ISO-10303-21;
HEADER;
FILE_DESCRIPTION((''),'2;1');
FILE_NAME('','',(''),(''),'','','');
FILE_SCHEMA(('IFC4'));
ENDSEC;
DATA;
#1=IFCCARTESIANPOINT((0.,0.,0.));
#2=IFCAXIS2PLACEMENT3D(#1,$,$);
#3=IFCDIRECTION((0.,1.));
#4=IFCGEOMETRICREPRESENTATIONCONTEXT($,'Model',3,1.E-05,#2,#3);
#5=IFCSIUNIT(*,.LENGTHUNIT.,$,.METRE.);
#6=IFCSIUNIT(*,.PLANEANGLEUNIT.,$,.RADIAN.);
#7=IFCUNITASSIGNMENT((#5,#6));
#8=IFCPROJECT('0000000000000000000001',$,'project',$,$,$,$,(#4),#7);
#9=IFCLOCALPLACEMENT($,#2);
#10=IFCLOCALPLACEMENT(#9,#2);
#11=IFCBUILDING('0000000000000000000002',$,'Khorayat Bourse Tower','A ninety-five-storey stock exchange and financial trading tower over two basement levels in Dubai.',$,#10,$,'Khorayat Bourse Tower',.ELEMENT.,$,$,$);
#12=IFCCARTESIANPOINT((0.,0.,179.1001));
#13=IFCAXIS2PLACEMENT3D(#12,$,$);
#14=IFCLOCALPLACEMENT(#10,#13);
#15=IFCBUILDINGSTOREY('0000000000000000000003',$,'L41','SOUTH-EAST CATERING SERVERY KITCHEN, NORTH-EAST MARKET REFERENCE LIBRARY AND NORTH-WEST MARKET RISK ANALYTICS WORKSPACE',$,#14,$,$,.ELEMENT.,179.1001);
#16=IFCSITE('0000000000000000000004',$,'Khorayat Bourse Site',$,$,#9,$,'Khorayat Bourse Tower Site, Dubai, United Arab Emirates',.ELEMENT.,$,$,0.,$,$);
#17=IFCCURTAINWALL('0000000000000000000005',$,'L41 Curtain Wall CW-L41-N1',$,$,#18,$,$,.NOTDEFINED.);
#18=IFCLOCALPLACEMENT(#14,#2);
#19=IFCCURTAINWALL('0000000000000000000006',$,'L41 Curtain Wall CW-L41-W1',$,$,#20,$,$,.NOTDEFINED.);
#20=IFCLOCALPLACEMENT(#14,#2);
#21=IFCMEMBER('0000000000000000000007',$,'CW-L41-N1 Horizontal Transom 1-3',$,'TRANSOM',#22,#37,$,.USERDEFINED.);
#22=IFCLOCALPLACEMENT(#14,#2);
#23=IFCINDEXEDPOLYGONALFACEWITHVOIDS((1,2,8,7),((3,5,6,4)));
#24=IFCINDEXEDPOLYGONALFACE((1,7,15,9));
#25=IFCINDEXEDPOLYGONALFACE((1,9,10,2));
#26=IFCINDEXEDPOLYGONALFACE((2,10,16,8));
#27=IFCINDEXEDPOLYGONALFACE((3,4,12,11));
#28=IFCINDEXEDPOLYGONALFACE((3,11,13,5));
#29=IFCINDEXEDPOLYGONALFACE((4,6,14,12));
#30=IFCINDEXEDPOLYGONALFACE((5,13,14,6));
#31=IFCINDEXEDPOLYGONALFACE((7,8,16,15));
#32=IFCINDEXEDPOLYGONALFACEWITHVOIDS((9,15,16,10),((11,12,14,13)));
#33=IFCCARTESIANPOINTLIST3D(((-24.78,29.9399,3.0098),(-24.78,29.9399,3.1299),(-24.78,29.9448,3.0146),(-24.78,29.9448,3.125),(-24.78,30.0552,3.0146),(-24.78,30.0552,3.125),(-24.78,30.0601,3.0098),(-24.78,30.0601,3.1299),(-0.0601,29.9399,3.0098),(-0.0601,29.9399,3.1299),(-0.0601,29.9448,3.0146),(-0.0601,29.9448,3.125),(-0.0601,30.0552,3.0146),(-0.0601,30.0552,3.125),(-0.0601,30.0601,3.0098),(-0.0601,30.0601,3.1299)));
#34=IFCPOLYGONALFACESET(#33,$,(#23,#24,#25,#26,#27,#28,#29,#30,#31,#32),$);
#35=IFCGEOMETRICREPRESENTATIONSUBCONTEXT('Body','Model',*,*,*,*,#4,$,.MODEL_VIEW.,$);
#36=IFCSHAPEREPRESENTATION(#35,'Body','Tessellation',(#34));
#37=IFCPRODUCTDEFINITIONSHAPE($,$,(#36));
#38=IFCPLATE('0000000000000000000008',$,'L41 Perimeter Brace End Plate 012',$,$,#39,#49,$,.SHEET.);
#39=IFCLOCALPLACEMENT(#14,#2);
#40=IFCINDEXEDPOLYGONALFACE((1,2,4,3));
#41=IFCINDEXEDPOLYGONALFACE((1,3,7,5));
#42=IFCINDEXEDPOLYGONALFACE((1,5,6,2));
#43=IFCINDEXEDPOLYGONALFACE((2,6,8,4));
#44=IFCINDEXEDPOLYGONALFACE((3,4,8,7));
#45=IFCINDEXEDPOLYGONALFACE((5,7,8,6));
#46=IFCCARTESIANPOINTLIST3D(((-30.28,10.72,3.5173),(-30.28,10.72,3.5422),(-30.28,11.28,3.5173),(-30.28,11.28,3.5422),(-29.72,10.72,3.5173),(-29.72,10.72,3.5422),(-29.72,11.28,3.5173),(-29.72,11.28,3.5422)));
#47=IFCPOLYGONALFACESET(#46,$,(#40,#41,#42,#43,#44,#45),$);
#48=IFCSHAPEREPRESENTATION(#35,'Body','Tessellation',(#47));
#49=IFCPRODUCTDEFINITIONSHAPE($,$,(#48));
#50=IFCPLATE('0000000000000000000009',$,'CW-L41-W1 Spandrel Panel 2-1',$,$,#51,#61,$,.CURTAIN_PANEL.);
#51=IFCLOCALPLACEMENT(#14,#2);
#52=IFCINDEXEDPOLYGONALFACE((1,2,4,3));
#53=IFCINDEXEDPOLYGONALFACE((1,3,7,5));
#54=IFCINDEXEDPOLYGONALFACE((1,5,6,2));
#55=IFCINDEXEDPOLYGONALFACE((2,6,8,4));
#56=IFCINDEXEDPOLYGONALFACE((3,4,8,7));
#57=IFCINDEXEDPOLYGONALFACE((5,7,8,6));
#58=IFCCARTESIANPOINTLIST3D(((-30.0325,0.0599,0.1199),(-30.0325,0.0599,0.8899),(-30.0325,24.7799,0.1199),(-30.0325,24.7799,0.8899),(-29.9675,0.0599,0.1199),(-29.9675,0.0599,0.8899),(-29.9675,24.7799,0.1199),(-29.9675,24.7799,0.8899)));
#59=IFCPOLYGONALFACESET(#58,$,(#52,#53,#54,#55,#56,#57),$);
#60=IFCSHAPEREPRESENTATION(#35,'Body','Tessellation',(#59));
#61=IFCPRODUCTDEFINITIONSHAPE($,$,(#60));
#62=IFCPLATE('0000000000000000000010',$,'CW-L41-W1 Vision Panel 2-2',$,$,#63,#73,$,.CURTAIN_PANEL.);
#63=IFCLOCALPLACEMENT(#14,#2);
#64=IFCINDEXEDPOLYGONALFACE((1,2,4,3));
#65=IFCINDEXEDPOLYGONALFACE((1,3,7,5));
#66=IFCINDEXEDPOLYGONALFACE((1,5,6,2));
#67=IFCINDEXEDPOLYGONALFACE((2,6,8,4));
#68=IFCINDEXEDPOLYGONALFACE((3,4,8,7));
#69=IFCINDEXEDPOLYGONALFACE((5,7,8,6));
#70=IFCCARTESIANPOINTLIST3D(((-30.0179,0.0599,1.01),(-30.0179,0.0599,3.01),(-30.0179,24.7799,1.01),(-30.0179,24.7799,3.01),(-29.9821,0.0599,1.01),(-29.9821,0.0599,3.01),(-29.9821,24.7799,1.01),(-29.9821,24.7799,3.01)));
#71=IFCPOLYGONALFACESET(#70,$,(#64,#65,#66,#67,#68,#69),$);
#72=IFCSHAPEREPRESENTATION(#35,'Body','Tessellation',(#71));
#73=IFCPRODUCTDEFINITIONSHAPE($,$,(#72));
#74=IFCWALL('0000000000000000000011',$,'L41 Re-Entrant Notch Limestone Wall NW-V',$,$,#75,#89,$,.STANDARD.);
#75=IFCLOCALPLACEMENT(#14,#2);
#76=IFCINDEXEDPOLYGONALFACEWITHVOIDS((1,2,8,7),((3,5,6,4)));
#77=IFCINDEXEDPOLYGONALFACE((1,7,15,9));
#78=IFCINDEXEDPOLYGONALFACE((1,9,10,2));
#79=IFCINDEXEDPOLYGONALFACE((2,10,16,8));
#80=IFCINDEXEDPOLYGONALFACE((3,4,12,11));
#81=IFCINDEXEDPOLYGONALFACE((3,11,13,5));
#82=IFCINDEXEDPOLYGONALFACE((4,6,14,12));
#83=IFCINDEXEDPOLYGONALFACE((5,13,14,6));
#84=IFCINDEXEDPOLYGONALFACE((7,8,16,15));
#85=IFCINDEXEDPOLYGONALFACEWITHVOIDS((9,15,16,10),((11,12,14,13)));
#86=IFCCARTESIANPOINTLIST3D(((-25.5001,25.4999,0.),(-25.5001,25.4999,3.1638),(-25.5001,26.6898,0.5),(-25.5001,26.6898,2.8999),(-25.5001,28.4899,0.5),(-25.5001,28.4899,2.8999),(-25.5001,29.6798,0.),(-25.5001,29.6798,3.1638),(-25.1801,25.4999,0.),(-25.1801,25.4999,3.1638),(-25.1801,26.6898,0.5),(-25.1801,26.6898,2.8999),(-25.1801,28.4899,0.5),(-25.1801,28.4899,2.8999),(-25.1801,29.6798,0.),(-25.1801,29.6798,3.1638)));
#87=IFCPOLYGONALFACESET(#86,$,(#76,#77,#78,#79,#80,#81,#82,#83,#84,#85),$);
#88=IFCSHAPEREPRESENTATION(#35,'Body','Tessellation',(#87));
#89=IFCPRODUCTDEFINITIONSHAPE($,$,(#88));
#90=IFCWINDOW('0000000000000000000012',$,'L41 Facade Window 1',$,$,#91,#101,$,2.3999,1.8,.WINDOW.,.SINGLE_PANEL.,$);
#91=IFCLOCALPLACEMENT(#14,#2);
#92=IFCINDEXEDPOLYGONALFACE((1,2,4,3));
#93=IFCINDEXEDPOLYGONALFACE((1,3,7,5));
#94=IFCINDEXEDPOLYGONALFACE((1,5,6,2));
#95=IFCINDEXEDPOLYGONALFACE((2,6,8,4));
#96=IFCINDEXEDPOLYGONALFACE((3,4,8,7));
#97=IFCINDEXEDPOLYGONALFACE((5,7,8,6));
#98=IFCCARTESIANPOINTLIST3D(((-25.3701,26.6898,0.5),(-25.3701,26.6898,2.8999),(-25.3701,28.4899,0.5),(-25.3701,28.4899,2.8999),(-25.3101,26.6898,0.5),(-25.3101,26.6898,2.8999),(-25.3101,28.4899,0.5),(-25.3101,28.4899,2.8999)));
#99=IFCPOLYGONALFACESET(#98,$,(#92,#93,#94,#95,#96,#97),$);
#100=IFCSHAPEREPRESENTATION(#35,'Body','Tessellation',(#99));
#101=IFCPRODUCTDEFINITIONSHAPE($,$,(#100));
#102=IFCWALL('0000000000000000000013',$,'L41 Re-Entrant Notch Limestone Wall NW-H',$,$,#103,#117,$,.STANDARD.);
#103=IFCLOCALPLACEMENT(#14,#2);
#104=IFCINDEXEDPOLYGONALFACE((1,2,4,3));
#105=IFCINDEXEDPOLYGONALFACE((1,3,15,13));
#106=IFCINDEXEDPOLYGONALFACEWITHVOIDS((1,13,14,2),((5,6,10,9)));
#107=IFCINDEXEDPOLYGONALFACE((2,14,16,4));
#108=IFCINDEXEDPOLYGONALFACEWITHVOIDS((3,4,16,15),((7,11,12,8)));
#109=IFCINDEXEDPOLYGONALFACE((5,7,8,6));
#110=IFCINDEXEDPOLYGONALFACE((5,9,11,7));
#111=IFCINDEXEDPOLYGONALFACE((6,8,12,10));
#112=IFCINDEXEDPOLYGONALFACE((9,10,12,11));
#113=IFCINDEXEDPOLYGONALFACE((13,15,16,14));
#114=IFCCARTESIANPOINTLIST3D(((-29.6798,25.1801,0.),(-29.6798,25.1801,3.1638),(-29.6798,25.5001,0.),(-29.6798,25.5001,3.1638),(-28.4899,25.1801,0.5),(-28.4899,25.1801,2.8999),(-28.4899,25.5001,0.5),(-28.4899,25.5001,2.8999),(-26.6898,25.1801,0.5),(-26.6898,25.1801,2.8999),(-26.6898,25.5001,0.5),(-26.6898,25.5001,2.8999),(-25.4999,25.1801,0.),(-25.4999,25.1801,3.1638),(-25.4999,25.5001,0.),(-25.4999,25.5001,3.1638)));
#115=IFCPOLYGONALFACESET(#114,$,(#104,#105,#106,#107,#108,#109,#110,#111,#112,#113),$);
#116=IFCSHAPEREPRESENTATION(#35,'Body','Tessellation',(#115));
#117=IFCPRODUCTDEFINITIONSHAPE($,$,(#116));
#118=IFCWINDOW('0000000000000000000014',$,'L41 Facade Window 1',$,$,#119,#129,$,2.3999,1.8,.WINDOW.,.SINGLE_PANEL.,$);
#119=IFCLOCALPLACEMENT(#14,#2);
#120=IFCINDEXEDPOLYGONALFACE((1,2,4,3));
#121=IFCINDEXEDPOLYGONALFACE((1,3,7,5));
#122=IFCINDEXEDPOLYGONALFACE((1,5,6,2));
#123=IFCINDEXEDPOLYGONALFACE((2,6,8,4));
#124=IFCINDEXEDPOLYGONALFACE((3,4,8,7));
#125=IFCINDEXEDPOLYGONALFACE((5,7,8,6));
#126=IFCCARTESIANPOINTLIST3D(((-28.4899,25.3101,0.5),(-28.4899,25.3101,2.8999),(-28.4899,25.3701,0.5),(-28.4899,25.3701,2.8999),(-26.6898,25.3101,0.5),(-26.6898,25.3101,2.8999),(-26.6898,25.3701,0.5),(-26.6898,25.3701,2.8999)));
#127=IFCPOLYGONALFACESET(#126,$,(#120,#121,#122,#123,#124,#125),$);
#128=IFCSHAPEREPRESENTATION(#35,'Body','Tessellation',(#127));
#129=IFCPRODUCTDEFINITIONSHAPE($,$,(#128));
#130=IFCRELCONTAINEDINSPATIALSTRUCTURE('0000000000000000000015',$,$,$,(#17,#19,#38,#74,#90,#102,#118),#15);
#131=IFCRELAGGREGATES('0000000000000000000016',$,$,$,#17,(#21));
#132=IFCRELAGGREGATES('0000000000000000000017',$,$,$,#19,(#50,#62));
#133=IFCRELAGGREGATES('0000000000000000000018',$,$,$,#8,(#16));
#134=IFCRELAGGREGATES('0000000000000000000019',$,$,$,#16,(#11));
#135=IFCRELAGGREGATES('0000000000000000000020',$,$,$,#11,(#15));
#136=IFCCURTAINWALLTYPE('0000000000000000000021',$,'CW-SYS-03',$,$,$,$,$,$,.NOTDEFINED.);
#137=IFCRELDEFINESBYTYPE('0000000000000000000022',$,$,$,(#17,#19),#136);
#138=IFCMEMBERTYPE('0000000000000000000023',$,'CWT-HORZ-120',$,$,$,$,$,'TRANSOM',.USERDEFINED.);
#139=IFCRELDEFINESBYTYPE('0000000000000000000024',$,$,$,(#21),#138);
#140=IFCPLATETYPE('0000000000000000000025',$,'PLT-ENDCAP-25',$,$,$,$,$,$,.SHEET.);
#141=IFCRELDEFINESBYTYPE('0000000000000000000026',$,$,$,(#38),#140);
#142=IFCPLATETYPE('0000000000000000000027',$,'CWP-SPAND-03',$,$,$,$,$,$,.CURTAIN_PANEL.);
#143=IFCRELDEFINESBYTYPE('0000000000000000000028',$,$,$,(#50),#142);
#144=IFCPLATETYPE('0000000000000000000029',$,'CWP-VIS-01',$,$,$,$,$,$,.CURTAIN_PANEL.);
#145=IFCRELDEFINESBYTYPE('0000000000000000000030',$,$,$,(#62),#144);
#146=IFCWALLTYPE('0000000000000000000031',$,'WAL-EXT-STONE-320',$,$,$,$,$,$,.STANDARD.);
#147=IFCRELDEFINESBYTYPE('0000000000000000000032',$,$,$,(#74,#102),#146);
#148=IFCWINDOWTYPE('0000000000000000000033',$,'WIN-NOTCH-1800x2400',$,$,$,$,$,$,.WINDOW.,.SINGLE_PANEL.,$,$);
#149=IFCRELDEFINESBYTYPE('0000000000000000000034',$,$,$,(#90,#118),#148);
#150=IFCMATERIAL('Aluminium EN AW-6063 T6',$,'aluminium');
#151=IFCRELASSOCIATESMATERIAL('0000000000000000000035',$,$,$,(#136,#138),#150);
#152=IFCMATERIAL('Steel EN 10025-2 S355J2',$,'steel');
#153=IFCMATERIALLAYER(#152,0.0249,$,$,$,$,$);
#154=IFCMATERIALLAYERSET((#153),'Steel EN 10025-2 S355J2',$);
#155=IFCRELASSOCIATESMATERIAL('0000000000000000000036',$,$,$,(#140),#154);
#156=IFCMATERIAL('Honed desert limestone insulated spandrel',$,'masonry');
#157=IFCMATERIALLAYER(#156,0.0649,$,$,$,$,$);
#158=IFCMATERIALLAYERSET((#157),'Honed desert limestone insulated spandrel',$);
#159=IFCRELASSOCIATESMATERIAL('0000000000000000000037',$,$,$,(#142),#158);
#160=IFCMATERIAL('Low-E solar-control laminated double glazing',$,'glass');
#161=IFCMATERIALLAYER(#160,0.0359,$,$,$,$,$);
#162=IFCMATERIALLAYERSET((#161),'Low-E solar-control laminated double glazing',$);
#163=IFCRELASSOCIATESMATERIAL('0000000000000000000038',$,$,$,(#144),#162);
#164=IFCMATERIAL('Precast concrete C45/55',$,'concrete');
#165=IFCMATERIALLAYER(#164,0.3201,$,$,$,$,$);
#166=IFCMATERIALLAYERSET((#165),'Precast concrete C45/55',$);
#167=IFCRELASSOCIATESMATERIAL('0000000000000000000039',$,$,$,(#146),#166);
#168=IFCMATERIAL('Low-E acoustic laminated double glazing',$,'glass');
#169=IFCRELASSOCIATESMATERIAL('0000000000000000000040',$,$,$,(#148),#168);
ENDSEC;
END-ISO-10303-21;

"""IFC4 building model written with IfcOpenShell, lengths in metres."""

from ifc_helpers import new_model, si_unit, direction, frame, frame_2d, origin, origin_2d, place, context, subcontext, project, spatial, rectangle, hollow_rectangle, extrude, source, transform, mapped, material, layer, layer_set, material_profile, profile_set, type_object, element, fill, aggregate, save


model = new_model("IFC4")

# Units and contexts
model_context = context("Model", 3, precision=1e-05, world=origin(), true_north=direction((0.0, 1.0)))
body_context = subcontext(model_context, "Body", "Model", "MODEL_VIEW")
ifc_project = project(units=[si_unit("LENGTHUNIT", "METRE"), si_unit("PLANEANGLEUNIT", "RADIAN")], contexts=[model_context])

# Site, building, storey
site_placement = place(None, origin())
site = spatial("IfcSite", under=ifc_project, at=site_placement, Name="Khorayat Bourse Site", LongName="Khorayat Bourse Tower Site, Dubai, United Arab Emirates", CompositionType="ELEMENT", RefElevation=0.0)
building_placement = place(site_placement, origin())
building = spatial("IfcBuilding", under=site, at=building_placement, Name="Khorayat Bourse Tower", Description="A ninety-five-storey stock exchange and financial trading tower over two basement levels in Dubai.", LongName="Khorayat Bourse Tower", CompositionType="ELEMENT")
storey_placement = place(building_placement, frame((0.0, 0.0, 179.1001)))
storey = spatial("IfcBuildingStorey", under=building, at=storey_placement, Name="L41", Description="SOUTH-EAST CATERING SERVERY KITCHEN, NORTH-EAST MARKET REFERENCE LIBRARY AND NORTH-WEST MARKET RISK ANALYTICS WORKSPACE", CompositionType="ELEMENT", Elevation=179.1001)

# Curtain wall
ifc_material_1 = material(Name="Aluminium EN AW-6063 T6", Category="aluminium")
curtain_wall_type = type_object("IfcCurtainWallType", Name="CW-SYS-03", PredefinedType="NOTDEFINED", material=ifc_material_1)
curtain_wall_1_placement = place(storey_placement, origin())
curtain_wall_1 = element("IfcCurtainWall", 1, at=curtain_wall_1_placement, inside=storey, type_object=curtain_wall_type, Name="L41 Curtain Wall CW-L41-N1", PredefinedType="NOTDEFINED")

# Curtain wall
curtain_wall_2_placement = place(storey_placement, origin())
curtain_wall_2 = element("IfcCurtainWall", 2, at=curtain_wall_2_placement, inside=storey, type_object=curtain_wall_type, Name="L41 Curtain Wall CW-L41-W1", PredefinedType="NOTDEFINED")

# Member
ifc_material_profile_1 = material_profile(ifc_material_1, hollow_rectangle(XDim=0.1201, YDim=0.1201, WallThickness=0.0049, at=origin_2d()), Name="ALU 120x120x5")
ifc_profile_set_1 = profile_set([ifc_material_profile_1], Name="Aluminium EN AW-6063 T6")
member_type_1 = type_object("IfcMemberType", Name="CWT-HORZ-120", ElementType="TRANSOM", PredefinedType="USERDEFINED", material=ifc_profile_set_1)
shared_shape_1 = source(origin(), body_context, "Body", "SweptSolid", [
    extrude(hollow_rectangle(XDim=0.1201, YDim=0.1201, WallThickness=0.0049, at=origin_2d()), origin(), (0.0, 0.0, 1.0), 24.72),
])
member_1_placement = place(storey_placement, frame((-24.78, 30.0, 3.0698), z_axis=(1.0, 0.0, 0.0), x_axis=(0.0, 1.0, 0.0)))
member_1 = element("IfcMember", 3, at=member_1_placement, type_object=member_type_1, Name="CW-L41-N1 Horizontal Transom 1-3", ObjectType="TRANSOM", PredefinedType="USERDEFINED", context=body_context, shape_type="MappedRepresentation", body=[
    mapped(shared_shape_1, transform((0.0, 0.0, 0.0), scale=1.0)),
])
aggregate(curtain_wall_1, [member_1])

# Plates
ifc_material_2 = material(Name="Steel EN 10025-2 S355J2", Category="steel")
ifc_layer_1 = layer(ifc_material_2, 0.0249)
ifc_layer_set_1 = layer_set([ifc_layer_1], Name="Steel EN 10025-2 S355J2")
plate_type_1 = type_object("IfcPlateType", Name="PLT-ENDCAP-25", PredefinedType="SHEET", material=ifc_layer_set_1)
shared_shape_2 = source(origin(), body_context, "Body", "SweptSolid", [
    extrude(rectangle(XDim=0.5601, YDim=0.5601, at=origin_2d()), origin(), (0.0, 0.0, 1.0), 0.0249),
])
plate_1_placement = place(storey_placement, frame((-30.0, 11.0, 3.5173), z_axis=(0.0, 0.0, 1.0), x_axis=(1.0, 0.0, 0.0)))
element("IfcPlate", 4, at=plate_1_placement, inside=storey, type_object=plate_type_1, Name="L41 Perimeter Brace End Plate 012", PredefinedType="SHEET", context=body_context, shape_type="MappedRepresentation", body=[
    mapped(shared_shape_2, transform((0.0, 0.0, 0.0), scale=1.0)),
])
ifc_material_3 = material(Name="Honed desert limestone insulated spandrel", Category="masonry")
ifc_layer_2 = layer(ifc_material_3, 0.0649)
ifc_layer_set_2 = layer_set([ifc_layer_2], Name="Honed desert limestone insulated spandrel")
plate_type_2 = type_object("IfcPlateType", Name="CWP-SPAND-03", PredefinedType="CURTAIN_PANEL", material=ifc_layer_set_2)
shared_shape_3 = source(origin(), body_context, "Body", "SweptSolid", [
    extrude(rectangle(XDim=24.72, YDim=0.0649, at=origin_2d()), origin(), (0.0, 0.0, 1.0), 0.77),
])
plate_2_placement = place(storey_placement, frame((-30.0, 12.4199, 0.1199), z_axis=(0.0, 0.0, 1.0), x_axis=(0.0, 1.0, 0.0)))
plate_2 = element("IfcPlate", 5, at=plate_2_placement, type_object=plate_type_2, Name="CW-L41-W1 Spandrel Panel 2-1", PredefinedType="CURTAIN_PANEL", context=body_context, shape_type="MappedRepresentation", body=[
    mapped(shared_shape_3, transform((0.0, 0.0, 0.0), scale=1.0)),
])
ifc_material_4 = material(Name="Low-E solar-control laminated double glazing", Category="glass")
ifc_layer_3 = layer(ifc_material_4, 0.0359)
ifc_layer_set_3 = layer_set([ifc_layer_3], Name="Low-E solar-control laminated double glazing")
plate_type_3 = type_object("IfcPlateType", Name="CWP-VIS-01", PredefinedType="CURTAIN_PANEL", material=ifc_layer_set_3)
shared_shape_4 = source(origin(), body_context, "Body", "SweptSolid", [
    extrude(rectangle(XDim=24.72, YDim=0.0359, at=origin_2d()), origin(), (0.0, 0.0, 1.0), 2.0),
])
plate_3_placement = place(storey_placement, frame((-30.0, 12.4199, 1.01), z_axis=(0.0, 0.0, 1.0), x_axis=(0.0, 1.0, 0.0)))
plate_3 = element("IfcPlate", 6, at=plate_3_placement, type_object=plate_type_3, Name="CW-L41-W1 Vision Panel 2-2", PredefinedType="CURTAIN_PANEL", context=body_context, shape_type="MappedRepresentation", body=[
    mapped(shared_shape_4, transform((0.0, 0.0, 0.0), scale=1.0)),
])
aggregate(curtain_wall_2, [plate_2, plate_3])

# Walls, openings, windows
ifc_material_5 = material(Name="Precast concrete C45/55", Category="concrete")
ifc_layer_4 = layer(ifc_material_5, 0.3201)
ifc_layer_set_4 = layer_set([ifc_layer_4], Name="Precast concrete C45/55")
wall_type = type_object("IfcWallType", Name="WAL-EXT-STONE-320", PredefinedType="STANDARD", material=ifc_layer_set_4)
shared_shape_5 = source(origin(), body_context, "Body", "SweptSolid", [
    extrude(rectangle(XDim=4.1799, YDim=0.3201, at=frame_2d((2.0898, 0.0))), origin(), (0.0, 0.0, 1.0), 3.1638),
])
wall_1_placement = place(storey_placement, frame((-25.3401, 25.5, 0.0), z_axis=(0.0, 0.0, 1.0), x_axis=(0.0, 1.0, 0.0)))
wall_1 = element("IfcWall", 7, at=wall_1_placement, inside=storey, type_object=wall_type, Name="L41 Re-Entrant Notch Limestone Wall NW-V", PredefinedType="STANDARD", context=body_context, shape_type="MappedRepresentation", body=[
    mapped(shared_shape_5, transform((0.0, 0.0, 0.0), scale=1.0)),
])
shared_shape_6 = source(origin(), body_context, "Body", "SweptSolid", [
    extrude(rectangle(XDim=1.8, YDim=2.3999, at=frame_2d((0.8999, 1.2))), frame((0.0, 0.1699, 0.0), z_axis=(0.0, -1.0, 0.0), x_axis=(1.0, 0.0, 0.0)), (0.0, 0.0, 1.0), 0.3401),
])
opening_1_placement = place(wall_1_placement, frame((1.1899, 0.0, 0.5)))
opening_1 = element("IfcOpeningElement", 8, at=opening_1_placement, cuts=wall_1, PredefinedType="OPENING", context=body_context, shape_type="MappedRepresentation", body=[
    mapped(shared_shape_6, transform((0.0, 0.0, 0.0), scale=1.0)),
])
ifc_material_6 = material(Name="Low-E acoustic laminated double glazing", Category="glass")
window_type = type_object("IfcWindowType", Name="WIN-NOTCH-1800x2400", PartitioningType="SINGLE_PANEL", PredefinedType="WINDOW", material=ifc_material_6)
shared_shape_7 = source(origin(), body_context, "Body", "SweptSolid", [
    extrude(rectangle(XDim=1.8, YDim=2.3999, at=frame_2d((0.8999, 1.2))), frame((0.0, 0.03, 0.0), z_axis=(0.0, -1.0, 0.0), x_axis=(1.0, 0.0, 0.0)), (0.0, 0.0, 1.0), 0.0601),
])
window_1_placement = place(opening_1_placement, origin())
window_1 = element("IfcWindow", 9, at=window_1_placement, inside=storey, type_object=window_type, Name="L41 Facade Window 1", OverallHeight=2.3999, OverallWidth=1.8, PartitioningType="SINGLE_PANEL", PredefinedType="WINDOW", context=body_context, shape_type="MappedRepresentation", body=[
    mapped(shared_shape_7, transform((0.0, 0.0, 0.0), scale=1.0)),
])
fill(opening_1, window_1)
wall_2_placement = place(storey_placement, frame((-25.5, 25.3401, 0.0), z_axis=(0.0, 0.0, 1.0), x_axis=(-1.0, 0.0, 0.0)))
wall_2 = element("IfcWall", 10, at=wall_2_placement, inside=storey, type_object=wall_type, Name="L41 Re-Entrant Notch Limestone Wall NW-H", PredefinedType="STANDARD", context=body_context, shape_type="MappedRepresentation", body=[
    mapped(shared_shape_5, transform((0.0, 0.0, 0.0), scale=1.0)),
])
opening_2_placement = place(wall_2_placement, frame((1.1899, 0.0, 0.5)))
opening_2 = element("IfcOpeningElement", 11, at=opening_2_placement, cuts=wall_2, PredefinedType="OPENING", context=body_context, shape_type="MappedRepresentation", body=[
    mapped(shared_shape_6, transform((0.0, 0.0, 0.0), scale=1.0)),
])
window_2_placement = place(opening_2_placement, origin())
window_2 = element("IfcWindow", 12, at=window_2_placement, inside=storey, type_object=window_type, Name="L41 Facade Window 1", OverallHeight=2.3999, OverallWidth=1.8, PartitioningType="SINGLE_PANEL", PredefinedType="WINDOW", context=body_context, shape_type="MappedRepresentation", body=[
    mapped(shared_shape_7, transform((0.0, 0.0, 0.0), scale=1.0)),
])
fill(opening_2, window_2)

save(model, "model.ifc")
